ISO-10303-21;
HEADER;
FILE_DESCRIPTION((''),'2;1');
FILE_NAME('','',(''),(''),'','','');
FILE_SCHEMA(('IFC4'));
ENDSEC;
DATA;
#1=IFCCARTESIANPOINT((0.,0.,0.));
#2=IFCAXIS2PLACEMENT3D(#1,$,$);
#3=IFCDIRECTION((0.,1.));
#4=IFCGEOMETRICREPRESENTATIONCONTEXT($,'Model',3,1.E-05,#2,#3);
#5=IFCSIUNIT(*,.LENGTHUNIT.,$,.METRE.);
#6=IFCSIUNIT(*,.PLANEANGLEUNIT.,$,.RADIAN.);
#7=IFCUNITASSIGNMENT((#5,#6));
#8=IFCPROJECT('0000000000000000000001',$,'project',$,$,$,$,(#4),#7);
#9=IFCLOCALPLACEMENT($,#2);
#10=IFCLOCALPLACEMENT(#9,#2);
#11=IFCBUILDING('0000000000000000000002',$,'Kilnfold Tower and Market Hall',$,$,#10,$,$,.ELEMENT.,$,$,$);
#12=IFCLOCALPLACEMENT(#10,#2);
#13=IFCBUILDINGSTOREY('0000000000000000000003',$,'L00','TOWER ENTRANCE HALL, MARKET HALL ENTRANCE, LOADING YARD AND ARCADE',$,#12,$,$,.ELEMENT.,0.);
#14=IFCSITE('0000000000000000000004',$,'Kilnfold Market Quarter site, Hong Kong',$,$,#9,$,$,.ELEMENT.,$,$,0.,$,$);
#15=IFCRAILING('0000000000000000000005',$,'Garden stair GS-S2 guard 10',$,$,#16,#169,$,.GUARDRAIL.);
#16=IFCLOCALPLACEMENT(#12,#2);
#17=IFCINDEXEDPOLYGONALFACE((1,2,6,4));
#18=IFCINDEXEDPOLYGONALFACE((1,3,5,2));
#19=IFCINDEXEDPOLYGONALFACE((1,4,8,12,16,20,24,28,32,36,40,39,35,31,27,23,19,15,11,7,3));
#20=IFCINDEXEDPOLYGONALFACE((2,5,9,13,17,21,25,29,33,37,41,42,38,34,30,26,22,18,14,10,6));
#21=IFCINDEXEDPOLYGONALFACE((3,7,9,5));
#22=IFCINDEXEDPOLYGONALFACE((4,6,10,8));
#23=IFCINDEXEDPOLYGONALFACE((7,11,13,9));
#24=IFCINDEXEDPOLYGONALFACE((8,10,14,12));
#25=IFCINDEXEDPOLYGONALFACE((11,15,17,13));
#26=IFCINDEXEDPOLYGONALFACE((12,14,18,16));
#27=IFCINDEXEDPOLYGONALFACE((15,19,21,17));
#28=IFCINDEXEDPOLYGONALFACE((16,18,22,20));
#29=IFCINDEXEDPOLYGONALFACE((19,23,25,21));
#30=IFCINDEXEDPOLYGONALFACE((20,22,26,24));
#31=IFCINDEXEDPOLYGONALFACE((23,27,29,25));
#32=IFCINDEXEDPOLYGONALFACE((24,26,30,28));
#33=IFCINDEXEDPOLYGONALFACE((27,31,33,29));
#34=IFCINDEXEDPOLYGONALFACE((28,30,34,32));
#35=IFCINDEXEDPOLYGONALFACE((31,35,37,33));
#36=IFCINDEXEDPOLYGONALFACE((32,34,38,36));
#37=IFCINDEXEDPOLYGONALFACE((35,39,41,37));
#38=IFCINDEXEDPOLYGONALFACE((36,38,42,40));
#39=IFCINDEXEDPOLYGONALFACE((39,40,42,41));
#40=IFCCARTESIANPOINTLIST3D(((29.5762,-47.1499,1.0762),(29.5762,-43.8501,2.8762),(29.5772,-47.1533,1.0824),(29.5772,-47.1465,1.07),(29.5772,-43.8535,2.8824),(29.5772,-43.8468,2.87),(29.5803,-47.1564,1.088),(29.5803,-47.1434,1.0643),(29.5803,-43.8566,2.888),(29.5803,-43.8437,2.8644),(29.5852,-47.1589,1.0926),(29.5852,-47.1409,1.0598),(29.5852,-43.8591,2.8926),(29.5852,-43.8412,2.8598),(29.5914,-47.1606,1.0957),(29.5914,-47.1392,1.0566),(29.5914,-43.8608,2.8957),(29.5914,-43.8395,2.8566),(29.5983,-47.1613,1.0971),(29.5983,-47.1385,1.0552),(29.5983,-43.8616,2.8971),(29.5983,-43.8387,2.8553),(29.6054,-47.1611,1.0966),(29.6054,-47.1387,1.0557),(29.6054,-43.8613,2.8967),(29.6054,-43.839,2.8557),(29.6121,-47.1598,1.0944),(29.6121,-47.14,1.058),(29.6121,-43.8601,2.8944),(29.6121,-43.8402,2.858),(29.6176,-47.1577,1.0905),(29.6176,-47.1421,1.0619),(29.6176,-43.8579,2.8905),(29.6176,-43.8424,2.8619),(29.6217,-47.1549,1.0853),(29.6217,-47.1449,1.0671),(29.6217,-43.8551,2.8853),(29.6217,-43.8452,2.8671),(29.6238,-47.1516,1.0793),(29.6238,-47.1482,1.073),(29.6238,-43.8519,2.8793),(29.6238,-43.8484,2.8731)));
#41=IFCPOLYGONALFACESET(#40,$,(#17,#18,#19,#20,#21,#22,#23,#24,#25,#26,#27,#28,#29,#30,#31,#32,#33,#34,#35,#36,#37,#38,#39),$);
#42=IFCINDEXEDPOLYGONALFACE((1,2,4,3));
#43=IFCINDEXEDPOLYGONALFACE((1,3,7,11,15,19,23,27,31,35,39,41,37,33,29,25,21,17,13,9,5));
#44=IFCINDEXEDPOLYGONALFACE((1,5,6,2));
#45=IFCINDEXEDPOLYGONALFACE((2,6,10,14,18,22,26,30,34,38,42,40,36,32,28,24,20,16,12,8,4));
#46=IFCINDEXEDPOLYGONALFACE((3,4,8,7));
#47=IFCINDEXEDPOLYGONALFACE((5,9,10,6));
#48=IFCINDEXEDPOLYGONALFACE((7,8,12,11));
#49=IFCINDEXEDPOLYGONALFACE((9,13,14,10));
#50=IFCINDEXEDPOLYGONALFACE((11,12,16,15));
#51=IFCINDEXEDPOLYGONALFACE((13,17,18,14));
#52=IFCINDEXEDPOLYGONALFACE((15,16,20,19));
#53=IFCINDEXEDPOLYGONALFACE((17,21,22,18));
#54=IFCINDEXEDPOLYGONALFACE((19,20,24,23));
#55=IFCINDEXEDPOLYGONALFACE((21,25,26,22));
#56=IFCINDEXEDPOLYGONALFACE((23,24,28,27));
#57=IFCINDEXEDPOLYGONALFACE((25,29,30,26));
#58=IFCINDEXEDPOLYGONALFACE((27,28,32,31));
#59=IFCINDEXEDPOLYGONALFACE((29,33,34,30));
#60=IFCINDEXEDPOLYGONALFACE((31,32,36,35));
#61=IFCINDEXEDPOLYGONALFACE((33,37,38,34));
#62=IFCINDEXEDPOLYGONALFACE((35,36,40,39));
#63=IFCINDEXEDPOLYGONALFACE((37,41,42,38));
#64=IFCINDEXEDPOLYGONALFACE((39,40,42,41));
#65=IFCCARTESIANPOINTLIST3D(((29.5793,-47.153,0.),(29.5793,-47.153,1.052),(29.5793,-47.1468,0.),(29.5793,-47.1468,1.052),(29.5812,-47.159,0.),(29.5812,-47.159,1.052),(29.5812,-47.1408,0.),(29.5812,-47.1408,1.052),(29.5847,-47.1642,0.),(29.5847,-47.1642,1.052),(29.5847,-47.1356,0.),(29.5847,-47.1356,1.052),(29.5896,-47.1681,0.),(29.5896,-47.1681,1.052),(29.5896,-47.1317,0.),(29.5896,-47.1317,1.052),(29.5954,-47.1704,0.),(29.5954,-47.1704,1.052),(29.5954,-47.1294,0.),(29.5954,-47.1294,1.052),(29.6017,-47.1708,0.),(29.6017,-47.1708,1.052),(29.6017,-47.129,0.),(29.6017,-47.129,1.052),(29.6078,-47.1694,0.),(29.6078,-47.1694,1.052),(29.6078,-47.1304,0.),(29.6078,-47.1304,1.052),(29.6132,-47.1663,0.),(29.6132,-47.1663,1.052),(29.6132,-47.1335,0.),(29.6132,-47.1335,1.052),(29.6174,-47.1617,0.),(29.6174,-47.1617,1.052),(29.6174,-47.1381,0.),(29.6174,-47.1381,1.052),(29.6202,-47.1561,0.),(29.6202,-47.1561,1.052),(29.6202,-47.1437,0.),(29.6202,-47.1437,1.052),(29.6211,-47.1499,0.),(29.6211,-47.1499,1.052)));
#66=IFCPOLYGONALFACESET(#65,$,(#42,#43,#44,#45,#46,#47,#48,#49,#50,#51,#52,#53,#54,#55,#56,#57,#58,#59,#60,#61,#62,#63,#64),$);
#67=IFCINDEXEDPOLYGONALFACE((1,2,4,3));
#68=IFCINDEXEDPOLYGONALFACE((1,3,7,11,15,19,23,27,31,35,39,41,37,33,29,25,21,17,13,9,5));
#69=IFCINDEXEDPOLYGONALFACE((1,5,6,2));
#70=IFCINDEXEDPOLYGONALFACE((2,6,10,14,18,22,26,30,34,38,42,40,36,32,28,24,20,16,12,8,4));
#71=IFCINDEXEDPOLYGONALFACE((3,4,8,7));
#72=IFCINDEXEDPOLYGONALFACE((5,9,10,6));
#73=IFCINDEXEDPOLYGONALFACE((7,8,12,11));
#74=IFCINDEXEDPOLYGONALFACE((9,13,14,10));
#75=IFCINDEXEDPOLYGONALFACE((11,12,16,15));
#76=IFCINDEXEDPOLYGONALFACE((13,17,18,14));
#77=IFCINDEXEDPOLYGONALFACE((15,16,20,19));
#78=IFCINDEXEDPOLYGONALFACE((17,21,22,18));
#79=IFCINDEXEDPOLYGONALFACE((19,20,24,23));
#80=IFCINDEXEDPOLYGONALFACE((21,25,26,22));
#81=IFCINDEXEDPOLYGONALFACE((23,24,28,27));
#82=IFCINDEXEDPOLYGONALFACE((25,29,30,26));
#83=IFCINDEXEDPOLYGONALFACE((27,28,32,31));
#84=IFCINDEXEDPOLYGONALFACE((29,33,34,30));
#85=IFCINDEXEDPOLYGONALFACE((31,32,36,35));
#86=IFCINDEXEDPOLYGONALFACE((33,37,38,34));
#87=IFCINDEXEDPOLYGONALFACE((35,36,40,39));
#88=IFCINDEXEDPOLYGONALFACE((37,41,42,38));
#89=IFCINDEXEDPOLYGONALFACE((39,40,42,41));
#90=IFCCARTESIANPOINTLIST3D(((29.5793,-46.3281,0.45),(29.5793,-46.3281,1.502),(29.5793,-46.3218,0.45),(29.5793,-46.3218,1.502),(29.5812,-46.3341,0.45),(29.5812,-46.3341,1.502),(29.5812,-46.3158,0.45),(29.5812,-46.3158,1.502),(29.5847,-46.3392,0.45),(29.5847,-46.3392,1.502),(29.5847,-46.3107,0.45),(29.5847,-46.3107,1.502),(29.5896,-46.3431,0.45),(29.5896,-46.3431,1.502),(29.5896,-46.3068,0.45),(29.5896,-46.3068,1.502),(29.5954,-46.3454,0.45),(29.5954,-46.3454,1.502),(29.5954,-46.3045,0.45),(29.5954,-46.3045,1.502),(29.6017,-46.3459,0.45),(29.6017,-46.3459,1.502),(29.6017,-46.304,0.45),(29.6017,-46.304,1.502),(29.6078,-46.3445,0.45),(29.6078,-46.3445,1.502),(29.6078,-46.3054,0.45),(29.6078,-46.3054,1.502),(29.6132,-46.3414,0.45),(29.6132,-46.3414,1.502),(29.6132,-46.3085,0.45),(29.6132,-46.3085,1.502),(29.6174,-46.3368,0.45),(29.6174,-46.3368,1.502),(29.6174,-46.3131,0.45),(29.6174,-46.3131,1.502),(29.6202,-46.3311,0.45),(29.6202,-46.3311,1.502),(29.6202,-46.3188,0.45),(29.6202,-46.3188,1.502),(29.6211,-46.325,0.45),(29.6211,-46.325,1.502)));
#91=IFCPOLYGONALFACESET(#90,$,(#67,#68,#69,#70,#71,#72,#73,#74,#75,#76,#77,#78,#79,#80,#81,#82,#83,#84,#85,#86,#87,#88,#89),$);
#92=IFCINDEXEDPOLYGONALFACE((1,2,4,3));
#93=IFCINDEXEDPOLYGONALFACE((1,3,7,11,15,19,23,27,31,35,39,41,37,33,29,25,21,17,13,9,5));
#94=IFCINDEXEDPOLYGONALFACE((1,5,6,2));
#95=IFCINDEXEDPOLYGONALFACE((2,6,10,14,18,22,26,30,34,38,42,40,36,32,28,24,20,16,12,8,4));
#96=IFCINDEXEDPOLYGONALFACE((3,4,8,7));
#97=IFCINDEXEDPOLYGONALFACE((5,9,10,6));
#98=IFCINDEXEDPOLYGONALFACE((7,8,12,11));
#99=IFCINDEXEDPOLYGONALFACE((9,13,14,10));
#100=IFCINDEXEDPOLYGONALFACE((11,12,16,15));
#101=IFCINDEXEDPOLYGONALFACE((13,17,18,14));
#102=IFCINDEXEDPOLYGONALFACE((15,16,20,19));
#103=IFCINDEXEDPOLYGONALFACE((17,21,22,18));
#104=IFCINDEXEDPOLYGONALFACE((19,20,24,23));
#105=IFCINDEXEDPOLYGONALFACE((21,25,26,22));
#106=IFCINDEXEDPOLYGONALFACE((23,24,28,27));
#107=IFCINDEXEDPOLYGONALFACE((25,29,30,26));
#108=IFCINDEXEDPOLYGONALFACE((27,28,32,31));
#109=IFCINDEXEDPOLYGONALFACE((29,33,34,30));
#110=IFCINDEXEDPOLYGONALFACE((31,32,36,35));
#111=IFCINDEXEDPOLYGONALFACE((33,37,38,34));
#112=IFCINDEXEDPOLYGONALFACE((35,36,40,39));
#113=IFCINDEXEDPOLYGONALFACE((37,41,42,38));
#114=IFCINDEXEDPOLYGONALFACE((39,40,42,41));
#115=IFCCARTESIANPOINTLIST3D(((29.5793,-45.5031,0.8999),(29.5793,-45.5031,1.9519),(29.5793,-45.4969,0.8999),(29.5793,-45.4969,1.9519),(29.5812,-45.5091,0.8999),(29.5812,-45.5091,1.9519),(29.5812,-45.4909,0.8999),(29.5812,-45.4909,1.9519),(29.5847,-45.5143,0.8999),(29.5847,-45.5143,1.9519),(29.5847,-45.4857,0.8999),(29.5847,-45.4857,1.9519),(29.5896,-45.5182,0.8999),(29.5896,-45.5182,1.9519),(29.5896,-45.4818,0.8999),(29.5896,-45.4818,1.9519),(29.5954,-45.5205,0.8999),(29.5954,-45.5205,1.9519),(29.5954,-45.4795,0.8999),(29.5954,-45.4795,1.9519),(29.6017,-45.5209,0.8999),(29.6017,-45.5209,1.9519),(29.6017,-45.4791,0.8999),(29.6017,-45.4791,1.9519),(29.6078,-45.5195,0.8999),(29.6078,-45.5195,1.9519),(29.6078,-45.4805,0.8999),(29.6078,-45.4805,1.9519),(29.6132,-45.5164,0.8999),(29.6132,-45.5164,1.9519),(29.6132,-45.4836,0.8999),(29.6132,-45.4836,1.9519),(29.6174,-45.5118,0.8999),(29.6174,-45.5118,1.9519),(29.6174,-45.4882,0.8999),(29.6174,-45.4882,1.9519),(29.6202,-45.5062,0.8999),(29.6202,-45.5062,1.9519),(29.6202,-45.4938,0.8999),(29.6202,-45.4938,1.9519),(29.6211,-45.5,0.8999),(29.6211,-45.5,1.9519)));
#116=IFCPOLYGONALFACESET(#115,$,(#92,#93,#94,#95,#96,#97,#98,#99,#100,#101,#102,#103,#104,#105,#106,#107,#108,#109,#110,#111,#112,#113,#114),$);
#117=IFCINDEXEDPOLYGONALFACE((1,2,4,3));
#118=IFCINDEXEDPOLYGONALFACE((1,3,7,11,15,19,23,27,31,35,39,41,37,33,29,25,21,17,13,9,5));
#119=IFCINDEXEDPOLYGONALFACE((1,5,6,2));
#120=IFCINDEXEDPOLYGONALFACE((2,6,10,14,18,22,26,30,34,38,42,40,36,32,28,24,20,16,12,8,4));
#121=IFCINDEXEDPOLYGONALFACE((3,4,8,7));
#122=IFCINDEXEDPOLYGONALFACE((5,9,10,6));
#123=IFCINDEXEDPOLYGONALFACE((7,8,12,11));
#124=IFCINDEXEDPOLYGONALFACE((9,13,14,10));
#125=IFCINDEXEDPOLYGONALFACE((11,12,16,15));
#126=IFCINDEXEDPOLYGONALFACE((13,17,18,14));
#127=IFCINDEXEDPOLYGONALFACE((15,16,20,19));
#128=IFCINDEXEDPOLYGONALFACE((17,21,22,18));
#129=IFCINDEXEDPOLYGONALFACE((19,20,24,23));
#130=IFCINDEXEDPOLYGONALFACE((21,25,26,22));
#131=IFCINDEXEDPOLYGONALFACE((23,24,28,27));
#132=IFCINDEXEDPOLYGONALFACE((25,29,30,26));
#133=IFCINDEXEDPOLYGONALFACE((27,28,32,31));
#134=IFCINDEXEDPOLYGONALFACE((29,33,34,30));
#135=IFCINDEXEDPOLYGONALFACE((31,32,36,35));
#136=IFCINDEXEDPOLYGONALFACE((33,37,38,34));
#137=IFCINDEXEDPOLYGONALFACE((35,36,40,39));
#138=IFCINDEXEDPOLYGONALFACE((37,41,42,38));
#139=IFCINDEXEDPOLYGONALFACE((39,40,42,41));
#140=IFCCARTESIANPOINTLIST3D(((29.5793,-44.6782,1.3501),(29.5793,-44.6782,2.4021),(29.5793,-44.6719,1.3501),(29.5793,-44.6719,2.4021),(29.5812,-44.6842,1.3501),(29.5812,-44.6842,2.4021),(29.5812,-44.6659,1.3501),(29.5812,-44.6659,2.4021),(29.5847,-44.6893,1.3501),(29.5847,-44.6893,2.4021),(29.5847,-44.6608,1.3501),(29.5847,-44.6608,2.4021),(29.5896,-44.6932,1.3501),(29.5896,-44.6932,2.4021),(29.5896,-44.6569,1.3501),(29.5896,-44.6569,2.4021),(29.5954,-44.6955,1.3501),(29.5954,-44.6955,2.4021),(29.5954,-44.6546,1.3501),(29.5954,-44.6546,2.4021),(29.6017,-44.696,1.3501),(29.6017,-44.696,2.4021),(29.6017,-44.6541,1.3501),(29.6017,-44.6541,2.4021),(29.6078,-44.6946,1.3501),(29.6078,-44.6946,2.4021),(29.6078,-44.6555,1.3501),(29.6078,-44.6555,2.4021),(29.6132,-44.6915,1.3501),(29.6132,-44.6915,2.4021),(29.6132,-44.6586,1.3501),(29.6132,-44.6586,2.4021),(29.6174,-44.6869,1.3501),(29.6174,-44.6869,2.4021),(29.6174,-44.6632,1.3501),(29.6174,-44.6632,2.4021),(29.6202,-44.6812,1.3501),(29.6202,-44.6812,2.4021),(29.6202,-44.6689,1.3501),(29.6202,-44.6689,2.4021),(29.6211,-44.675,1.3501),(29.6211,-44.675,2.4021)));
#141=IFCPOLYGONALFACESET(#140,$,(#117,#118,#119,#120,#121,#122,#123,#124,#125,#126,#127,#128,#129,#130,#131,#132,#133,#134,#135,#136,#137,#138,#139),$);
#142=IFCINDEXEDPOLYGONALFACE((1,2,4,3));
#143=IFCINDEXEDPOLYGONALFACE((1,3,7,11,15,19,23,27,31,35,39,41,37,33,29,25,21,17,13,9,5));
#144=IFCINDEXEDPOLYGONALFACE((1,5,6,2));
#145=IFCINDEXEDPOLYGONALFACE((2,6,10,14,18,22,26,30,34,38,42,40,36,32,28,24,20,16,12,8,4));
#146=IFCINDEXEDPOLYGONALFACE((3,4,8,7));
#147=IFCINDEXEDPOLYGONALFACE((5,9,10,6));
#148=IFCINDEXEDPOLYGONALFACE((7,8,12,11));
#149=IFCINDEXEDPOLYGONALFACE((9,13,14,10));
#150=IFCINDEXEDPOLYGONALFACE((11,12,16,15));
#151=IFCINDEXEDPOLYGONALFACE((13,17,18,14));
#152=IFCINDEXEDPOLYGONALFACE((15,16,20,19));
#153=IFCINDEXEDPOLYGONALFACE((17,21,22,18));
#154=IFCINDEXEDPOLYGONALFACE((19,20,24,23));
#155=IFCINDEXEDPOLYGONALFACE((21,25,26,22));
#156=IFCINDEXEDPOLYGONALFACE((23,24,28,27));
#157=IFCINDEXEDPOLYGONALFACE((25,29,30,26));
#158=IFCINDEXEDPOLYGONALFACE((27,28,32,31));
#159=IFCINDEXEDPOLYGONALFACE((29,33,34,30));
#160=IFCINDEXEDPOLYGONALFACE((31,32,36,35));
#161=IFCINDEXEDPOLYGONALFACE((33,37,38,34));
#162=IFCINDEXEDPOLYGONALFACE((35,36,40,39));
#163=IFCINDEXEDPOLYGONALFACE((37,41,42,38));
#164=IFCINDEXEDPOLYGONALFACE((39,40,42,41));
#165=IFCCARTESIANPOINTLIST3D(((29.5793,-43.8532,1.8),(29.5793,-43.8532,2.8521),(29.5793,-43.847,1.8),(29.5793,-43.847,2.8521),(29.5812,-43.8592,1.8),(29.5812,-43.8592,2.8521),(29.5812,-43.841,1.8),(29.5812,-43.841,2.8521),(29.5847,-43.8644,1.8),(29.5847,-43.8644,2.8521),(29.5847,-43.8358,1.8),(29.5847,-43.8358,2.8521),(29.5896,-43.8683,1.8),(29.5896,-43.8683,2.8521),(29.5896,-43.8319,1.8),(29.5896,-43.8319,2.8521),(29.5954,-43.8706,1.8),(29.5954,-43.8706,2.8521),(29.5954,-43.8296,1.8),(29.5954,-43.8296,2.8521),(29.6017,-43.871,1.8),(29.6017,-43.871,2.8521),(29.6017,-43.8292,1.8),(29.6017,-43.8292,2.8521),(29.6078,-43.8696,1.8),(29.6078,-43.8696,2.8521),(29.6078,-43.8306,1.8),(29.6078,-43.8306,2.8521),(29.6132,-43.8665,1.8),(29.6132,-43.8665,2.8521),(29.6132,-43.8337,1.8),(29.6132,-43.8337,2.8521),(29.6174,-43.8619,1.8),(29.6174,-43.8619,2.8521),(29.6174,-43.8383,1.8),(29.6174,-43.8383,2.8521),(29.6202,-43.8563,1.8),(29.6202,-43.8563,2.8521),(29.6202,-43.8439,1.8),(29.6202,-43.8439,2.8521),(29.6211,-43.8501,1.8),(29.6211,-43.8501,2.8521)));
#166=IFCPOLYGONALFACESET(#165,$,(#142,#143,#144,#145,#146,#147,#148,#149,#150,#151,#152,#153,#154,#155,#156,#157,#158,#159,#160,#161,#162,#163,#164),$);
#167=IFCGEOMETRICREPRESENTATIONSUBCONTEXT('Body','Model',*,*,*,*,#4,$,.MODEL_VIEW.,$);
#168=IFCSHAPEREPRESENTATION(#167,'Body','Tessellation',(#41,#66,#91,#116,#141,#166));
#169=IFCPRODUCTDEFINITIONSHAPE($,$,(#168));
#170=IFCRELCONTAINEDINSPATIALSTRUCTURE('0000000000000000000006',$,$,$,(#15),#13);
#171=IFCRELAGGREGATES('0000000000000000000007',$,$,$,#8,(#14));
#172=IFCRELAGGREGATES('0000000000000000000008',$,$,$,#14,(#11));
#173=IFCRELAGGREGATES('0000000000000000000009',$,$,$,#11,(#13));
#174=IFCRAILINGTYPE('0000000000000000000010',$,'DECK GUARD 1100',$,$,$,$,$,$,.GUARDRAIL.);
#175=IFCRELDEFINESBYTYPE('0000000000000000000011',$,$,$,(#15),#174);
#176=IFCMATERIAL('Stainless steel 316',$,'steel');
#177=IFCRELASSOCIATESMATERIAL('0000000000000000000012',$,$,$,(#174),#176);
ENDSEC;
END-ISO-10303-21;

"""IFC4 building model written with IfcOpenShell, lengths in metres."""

from ifc_helpers import new_model, si_unit, direction, frame, origin, origin_2d, place, context, subcontext, project, spatial, circle, extrude, material, type_object, element, save


model = new_model("IFC4")

# Units and contexts
model_context = context("Model", 3, precision=1e-05, world=origin(), true_north=direction((0.0, 1.0)))
body_context = subcontext(model_context, "Body", "Model", "MODEL_VIEW")
ifc_project = project(units=[si_unit("LENGTHUNIT", "METRE"), si_unit("PLANEANGLEUNIT", "RADIAN")], contexts=[model_context])

# Site, building, storey
site_placement = place(None, origin())
site = spatial("IfcSite", under=ifc_project, at=site_placement, Name="Kilnfold Market Quarter site, Hong Kong", CompositionType="ELEMENT", RefElevation=0.0)
building_placement = place(site_placement, origin())
building = spatial("IfcBuilding", under=site, at=building_placement, Name="Kilnfold Tower and Market Hall", CompositionType="ELEMENT")
storey_placement = place(building_placement, origin())
storey = spatial("IfcBuildingStorey", under=building, at=storey_placement, Name="L00", Description="TOWER ENTRANCE HALL, MARKET HALL ENTRANCE, LOADING YARD AND ARCADE", CompositionType="ELEMENT", Elevation=0.0)

# Railing
ifc_material_1 = material(Name="Stainless steel 316", Category="steel")
railing_type_1 = type_object("IfcRailingType", Name="DECK GUARD 1100", PredefinedType="GUARDRAIL", material=ifc_material_1)
railing_1_placement = place(storey_placement, frame((29.6001, -47.1499, 0.0)))
element("IfcRailing", 1, at=railing_1_placement, inside=storey, type_object=railing_type_1, Name="Garden stair GS-S2 guard 10", PredefinedType="GUARDRAIL", context=body_context, shape_type="SweptSolid", body=[
    extrude(circle(Radius=0.0239, at=origin_2d()), frame((0.0, 0.0, 1.0762), z_axis=(0.0, 0.877878, 0.478884), x_axis=(-1.0, 0.0, 0.0)), (0.0, 0.0, 1.0), 3.7588),
    extrude(circle(Radius=0.021, at=origin_2d()), origin(), (0.0, 0.0, 1.0), 1.052),
    extrude(circle(Radius=0.021, at=origin_2d()), frame((0.0, 0.825, 0.45)), (0.0, 0.0, 1.0), 1.052),
    extrude(circle(Radius=0.021, at=origin_2d()), frame((0.0, 1.6499, 0.8999)), (0.0, 0.0, 1.0), 1.052),
    extrude(circle(Radius=0.021, at=origin_2d()), frame((0.0, 2.4749, 1.3501)), (0.0, 0.0, 1.0), 1.052),
    extrude(circle(Radius=0.021, at=origin_2d()), frame((0.0, 3.2998, 1.8)), (0.0, 0.0, 1.0), 1.052),
])

save(model, "model.ifc")
